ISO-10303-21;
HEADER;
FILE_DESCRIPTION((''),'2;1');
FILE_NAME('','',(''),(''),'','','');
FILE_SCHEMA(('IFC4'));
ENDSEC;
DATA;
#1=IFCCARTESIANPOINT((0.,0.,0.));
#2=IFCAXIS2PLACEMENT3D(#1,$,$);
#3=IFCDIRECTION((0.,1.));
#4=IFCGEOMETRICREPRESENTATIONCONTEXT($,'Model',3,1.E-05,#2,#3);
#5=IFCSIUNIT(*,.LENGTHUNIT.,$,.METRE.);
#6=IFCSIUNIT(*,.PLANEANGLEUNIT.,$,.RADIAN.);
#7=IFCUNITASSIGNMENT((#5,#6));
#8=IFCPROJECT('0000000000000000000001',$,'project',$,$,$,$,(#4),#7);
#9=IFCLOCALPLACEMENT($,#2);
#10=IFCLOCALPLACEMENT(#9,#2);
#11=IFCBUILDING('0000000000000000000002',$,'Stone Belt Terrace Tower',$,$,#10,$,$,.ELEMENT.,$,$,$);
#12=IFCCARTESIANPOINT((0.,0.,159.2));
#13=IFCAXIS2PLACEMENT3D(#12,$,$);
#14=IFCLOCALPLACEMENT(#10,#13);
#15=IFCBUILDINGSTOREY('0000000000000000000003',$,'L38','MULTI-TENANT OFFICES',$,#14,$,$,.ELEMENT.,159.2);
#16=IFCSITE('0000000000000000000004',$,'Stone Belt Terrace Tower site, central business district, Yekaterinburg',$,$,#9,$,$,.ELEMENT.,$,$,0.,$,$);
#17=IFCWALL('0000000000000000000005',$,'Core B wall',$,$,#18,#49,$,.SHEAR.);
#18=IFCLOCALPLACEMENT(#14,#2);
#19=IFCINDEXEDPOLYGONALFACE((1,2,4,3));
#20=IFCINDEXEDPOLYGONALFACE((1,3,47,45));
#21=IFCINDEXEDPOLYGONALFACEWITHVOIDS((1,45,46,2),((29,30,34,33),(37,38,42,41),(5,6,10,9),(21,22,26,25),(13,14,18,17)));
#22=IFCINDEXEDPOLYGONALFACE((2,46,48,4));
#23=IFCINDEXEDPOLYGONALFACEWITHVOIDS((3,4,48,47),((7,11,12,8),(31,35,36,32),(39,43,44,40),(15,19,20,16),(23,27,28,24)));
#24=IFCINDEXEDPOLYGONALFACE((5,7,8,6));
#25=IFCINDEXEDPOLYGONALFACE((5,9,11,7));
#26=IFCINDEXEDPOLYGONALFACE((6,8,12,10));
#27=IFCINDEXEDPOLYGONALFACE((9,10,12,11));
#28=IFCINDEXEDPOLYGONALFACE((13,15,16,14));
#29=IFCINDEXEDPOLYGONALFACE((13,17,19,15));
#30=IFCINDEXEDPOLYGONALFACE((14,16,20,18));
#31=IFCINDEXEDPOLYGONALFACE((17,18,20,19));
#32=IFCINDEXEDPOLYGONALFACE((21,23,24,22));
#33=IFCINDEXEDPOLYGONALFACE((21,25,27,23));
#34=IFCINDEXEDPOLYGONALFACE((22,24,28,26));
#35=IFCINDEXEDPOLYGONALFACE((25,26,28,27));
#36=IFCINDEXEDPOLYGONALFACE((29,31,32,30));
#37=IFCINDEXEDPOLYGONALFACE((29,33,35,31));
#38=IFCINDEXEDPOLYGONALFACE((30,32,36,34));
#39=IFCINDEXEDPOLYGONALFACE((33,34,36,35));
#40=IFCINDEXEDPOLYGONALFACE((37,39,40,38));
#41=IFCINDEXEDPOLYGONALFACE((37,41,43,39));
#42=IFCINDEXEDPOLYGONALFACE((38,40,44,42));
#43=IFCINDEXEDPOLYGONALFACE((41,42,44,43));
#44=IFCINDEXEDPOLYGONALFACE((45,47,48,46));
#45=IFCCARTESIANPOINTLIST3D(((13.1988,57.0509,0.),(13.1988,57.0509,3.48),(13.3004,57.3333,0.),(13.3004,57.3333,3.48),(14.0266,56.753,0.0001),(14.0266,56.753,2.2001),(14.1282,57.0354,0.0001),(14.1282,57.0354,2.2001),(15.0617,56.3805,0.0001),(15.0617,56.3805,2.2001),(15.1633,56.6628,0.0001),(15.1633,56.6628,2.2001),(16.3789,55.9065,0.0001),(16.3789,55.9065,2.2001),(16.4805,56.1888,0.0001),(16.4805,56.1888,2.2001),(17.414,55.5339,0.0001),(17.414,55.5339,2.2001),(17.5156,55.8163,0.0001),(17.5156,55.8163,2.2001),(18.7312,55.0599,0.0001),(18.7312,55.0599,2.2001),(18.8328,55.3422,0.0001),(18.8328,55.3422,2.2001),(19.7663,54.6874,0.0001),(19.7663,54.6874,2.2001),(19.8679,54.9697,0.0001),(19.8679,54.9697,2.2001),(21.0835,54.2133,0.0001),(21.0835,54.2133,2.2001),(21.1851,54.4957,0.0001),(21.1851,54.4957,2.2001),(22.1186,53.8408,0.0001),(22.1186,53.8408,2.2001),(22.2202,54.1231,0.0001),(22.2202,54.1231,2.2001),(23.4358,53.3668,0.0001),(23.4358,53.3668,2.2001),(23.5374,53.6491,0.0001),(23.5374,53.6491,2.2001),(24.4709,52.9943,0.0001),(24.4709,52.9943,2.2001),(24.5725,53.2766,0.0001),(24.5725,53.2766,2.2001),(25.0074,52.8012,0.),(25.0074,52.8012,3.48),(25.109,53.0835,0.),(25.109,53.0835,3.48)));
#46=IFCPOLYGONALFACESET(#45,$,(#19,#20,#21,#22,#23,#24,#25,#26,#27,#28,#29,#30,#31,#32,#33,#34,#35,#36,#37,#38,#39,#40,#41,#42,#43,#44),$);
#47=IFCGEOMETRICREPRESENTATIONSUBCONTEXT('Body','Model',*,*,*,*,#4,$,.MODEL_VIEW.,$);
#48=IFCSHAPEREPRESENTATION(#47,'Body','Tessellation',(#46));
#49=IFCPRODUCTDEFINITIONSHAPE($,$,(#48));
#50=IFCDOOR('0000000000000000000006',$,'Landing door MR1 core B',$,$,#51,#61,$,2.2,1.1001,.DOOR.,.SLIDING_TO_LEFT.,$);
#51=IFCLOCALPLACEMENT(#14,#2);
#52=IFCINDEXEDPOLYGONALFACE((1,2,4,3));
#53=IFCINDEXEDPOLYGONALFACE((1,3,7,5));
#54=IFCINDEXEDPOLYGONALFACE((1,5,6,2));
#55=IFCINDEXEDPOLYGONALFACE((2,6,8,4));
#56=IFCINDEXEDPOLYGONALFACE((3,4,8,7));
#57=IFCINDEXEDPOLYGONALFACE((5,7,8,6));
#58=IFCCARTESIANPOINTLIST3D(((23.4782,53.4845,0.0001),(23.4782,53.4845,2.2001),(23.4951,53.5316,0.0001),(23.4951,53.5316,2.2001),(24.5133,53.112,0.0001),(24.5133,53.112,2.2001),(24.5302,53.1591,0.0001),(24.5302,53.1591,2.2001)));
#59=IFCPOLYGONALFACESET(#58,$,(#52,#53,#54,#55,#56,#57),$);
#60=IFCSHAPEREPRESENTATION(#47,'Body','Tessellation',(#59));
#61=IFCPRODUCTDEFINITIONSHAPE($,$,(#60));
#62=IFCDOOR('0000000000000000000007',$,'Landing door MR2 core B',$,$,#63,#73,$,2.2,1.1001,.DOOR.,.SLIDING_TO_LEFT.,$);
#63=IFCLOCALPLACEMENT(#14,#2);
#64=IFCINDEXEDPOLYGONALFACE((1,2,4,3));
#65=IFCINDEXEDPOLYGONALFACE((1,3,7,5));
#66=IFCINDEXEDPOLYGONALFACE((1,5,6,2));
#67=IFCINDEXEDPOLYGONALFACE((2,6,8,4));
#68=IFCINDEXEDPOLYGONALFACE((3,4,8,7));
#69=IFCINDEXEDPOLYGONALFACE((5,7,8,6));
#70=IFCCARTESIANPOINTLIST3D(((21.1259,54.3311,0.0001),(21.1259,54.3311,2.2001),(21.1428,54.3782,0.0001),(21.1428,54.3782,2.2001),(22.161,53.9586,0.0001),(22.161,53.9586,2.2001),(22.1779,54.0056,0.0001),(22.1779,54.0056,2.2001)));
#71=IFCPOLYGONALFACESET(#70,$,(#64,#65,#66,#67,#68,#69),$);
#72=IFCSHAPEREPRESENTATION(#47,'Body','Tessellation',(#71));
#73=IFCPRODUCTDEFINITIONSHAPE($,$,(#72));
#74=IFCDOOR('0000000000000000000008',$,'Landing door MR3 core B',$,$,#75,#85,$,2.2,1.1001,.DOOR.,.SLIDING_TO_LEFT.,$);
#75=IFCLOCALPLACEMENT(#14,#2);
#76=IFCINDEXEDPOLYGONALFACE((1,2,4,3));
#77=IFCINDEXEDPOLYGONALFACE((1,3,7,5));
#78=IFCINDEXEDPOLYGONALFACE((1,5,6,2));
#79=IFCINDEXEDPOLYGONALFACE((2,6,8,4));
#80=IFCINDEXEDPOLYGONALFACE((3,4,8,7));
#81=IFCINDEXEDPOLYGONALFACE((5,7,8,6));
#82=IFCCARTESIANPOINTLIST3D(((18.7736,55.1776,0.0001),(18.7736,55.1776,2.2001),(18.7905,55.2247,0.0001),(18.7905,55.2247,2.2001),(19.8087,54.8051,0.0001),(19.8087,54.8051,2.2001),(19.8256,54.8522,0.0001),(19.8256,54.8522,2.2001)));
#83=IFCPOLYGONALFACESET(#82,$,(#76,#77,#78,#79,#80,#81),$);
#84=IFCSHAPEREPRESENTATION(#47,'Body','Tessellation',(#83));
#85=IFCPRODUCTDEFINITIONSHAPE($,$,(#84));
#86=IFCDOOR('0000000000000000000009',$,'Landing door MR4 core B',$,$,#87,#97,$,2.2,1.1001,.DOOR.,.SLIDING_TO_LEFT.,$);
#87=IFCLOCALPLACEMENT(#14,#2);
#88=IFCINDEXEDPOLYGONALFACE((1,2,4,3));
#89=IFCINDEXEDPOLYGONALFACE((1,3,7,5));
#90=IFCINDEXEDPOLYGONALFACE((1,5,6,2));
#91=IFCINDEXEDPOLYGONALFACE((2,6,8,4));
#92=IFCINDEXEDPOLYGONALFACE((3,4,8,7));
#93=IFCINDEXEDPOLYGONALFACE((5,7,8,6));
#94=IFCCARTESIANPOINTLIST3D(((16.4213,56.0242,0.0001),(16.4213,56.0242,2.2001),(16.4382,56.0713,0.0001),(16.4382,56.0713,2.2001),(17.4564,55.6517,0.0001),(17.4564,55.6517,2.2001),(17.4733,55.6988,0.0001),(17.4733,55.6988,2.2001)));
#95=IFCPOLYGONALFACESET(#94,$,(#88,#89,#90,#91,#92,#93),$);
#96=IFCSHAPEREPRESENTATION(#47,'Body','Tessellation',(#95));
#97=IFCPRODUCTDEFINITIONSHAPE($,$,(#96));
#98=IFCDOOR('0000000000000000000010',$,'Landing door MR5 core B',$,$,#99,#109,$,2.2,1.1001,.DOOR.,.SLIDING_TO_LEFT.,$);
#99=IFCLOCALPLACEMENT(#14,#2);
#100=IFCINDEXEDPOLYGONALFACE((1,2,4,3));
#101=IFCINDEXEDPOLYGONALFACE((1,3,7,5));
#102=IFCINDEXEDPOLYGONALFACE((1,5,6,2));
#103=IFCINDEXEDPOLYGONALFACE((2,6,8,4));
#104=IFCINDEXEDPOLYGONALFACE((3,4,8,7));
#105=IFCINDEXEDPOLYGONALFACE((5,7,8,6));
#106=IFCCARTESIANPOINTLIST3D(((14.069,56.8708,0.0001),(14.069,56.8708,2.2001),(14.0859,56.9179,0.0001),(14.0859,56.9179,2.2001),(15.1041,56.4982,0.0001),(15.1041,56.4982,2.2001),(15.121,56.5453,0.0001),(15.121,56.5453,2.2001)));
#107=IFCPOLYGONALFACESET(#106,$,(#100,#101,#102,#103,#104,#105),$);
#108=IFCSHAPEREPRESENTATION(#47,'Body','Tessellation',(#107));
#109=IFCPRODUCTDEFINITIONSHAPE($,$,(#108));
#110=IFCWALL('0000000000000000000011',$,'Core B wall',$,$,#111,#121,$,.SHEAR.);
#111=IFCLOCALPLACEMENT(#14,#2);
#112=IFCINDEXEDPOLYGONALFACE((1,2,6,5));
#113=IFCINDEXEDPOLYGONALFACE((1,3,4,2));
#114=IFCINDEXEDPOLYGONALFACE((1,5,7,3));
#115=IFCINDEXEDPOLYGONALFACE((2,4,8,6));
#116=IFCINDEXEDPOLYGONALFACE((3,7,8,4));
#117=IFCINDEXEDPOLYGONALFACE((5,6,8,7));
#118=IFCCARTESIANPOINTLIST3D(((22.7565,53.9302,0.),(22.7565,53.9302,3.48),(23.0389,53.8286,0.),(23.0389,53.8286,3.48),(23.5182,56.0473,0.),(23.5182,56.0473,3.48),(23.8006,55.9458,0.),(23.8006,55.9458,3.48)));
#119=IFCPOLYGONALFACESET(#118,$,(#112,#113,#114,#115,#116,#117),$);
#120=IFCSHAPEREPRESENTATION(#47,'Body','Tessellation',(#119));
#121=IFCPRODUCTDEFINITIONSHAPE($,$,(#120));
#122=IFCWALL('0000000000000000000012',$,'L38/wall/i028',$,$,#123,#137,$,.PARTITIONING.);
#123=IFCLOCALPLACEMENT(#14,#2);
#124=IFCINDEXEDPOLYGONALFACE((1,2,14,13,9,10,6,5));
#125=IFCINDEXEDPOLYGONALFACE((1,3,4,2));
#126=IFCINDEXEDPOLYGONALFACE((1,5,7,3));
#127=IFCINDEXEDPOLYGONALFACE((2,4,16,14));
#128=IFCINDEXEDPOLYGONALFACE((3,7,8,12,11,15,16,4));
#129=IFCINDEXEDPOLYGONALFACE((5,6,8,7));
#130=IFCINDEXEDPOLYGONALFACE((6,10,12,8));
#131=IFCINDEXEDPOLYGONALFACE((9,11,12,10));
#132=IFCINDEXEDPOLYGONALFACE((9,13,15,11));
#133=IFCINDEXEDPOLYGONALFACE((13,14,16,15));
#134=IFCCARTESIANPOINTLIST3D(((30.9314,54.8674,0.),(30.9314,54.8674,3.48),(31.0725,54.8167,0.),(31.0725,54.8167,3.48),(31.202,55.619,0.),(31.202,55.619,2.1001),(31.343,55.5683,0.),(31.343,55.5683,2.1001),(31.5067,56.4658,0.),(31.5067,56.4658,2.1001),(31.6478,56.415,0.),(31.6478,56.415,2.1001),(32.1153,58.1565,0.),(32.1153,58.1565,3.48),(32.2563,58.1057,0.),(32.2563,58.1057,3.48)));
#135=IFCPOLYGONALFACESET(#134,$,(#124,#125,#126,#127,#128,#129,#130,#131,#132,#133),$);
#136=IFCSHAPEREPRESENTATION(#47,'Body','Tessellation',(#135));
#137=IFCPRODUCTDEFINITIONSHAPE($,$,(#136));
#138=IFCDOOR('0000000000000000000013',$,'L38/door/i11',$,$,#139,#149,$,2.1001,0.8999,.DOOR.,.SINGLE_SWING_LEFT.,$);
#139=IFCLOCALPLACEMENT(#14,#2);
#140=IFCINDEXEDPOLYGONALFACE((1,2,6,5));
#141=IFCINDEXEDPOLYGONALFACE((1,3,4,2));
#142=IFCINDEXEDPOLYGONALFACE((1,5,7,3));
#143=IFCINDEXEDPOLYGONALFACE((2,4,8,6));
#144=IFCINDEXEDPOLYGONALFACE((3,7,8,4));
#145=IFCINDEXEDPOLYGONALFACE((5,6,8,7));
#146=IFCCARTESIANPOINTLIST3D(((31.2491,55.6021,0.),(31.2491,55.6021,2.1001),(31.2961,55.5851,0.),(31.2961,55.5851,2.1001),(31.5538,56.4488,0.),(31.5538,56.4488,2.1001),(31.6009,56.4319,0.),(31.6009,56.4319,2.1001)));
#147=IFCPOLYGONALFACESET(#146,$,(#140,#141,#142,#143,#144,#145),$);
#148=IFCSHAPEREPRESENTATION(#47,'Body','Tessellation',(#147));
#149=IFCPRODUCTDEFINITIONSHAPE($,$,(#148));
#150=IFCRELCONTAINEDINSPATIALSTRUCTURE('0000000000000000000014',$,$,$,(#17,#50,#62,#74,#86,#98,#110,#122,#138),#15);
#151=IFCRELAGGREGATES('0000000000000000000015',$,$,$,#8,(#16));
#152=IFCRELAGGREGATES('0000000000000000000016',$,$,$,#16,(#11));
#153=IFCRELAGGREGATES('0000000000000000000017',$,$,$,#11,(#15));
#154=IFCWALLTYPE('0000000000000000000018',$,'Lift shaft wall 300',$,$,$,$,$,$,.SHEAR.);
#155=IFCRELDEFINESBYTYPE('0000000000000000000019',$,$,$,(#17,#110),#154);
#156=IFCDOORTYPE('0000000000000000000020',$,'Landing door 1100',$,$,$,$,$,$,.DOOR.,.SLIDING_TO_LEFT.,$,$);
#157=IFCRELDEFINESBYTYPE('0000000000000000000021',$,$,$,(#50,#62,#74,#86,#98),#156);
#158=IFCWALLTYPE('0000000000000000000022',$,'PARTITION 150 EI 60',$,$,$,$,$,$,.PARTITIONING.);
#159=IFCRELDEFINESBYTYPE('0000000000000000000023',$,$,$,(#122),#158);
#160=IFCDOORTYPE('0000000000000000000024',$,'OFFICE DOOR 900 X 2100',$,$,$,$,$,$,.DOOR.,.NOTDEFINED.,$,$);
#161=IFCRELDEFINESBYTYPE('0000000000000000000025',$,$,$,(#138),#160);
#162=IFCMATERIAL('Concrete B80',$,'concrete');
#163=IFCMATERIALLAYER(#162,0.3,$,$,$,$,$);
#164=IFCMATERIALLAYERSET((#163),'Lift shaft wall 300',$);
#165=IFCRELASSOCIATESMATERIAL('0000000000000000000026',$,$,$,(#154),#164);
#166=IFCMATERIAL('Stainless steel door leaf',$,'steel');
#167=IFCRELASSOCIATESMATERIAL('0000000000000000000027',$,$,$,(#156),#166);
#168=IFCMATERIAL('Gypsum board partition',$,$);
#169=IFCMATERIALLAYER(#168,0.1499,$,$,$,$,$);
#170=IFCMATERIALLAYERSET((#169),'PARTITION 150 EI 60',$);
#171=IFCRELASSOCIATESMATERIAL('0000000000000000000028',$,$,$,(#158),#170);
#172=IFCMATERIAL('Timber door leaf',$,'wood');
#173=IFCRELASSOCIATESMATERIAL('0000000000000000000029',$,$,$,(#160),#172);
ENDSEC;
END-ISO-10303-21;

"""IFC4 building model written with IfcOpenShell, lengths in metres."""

from ifc_helpers import new_model, si_unit, direction, frame, frame_2d, origin, place, context, subcontext, project, spatial, rectangle, extrude, material, layer, layer_set, type_object, element, fill, save


model = new_model("IFC4")

# Units and contexts
model_context = context("Model", 3, precision=1e-05, world=origin(), true_north=direction((0.0, 1.0)))
body_context = subcontext(model_context, "Body", "Model", "MODEL_VIEW")
ifc_project = project(units=[si_unit("LENGTHUNIT", "METRE"), si_unit("PLANEANGLEUNIT", "RADIAN")], contexts=[model_context])

# Site, building, storey
site_placement = place(None, origin())
site = spatial("IfcSite", under=ifc_project, at=site_placement, Name="Stone Belt Terrace Tower site, central business district, Yekaterinburg", CompositionType="ELEMENT", RefElevation=0.0)
building_placement = place(site_placement, origin())
building = spatial("IfcBuilding", under=site, at=building_placement, Name="Stone Belt Terrace Tower", CompositionType="ELEMENT")
storey_placement = place(building_placement, frame((0.0, 0.0, 159.2)))
storey = spatial("IfcBuildingStorey", under=building, at=storey_placement, Name="L38", Description="MULTI-TENANT OFFICES", CompositionType="ELEMENT", Elevation=159.2)

# Shared definitions
ifc_material_1 = material(Name="Concrete B80", Category="concrete")

# Shared definitions
ifc_layer_1 = layer(ifc_material_1, 0.3)
ifc_layer_set_1 = layer_set([ifc_layer_1], Name="Lift shaft wall 300")
wall_type_1 = type_object("IfcWallType", Name="Lift shaft wall 300", PredefinedType="SHEAR", material=ifc_layer_set_1)
ifc_material_2 = material(Name="Stainless steel door leaf", Category="steel")

# Wall, openings, doors
wall_1_placement = place(storey_placement, frame((25.0581, 52.9424, 0.0), z_axis=(0.0, 0.0, 1.0), x_axis=(-0.940921, 0.338625, 0.0)))
wall_1 = element("IfcWall", 1, at=wall_1_placement, inside=storey, type_object=wall_type_1, Name="Core B wall", PredefinedType="SHEAR", context=body_context, shape_type="SweptSolid", body=[
    extrude(rectangle(XDim=12.55, YDim=0.3, at=frame_2d((6.2749, 0.0))), origin(), (0.0, 0.0, 1.0), 3.48),
])
opening_1_placement = place(wall_1_placement, frame((0.5701, 0.0, 0.0)))
opening_1 = element("IfcOpeningElement", 2, at=opening_1_placement, cuts=wall_1, PredefinedType="OPENING", context=body_context, shape_type="SweptSolid", body=[
    extrude(rectangle(XDim=1.1001, YDim=2.2, at=frame_2d((0.55, 1.1001))), frame((0.0, 0.1599, 0.0), z_axis=(0.0, -1.0, 0.0), x_axis=(1.0, 0.0, 0.0)), (0.0, 0.0, 1.0), 0.3201),
])
opening_2_placement = place(wall_1_placement, frame((3.0701, 0.0, 0.0)))
opening_2 = element("IfcOpeningElement", 3, at=opening_2_placement, cuts=wall_1, PredefinedType="OPENING", context=body_context, shape_type="SweptSolid", body=[
    extrude(rectangle(XDim=1.1001, YDim=2.2, at=frame_2d((0.55, 1.1001))), frame((0.0, 0.1599, 0.0), z_axis=(0.0, -1.0, 0.0), x_axis=(1.0, 0.0, 0.0)), (0.0, 0.0, 1.0), 0.3201),
])
opening_3_placement = place(wall_1_placement, frame((5.5701, 0.0, 0.0)))
opening_3 = element("IfcOpeningElement", 4, at=opening_3_placement, cuts=wall_1, PredefinedType="OPENING", context=body_context, shape_type="SweptSolid", body=[
    extrude(rectangle(XDim=1.1001, YDim=2.2, at=frame_2d((0.55, 1.1001))), frame((0.0, 0.1599, 0.0), z_axis=(0.0, -1.0, 0.0), x_axis=(1.0, 0.0, 0.0)), (0.0, 0.0, 1.0), 0.3201),
])
opening_4_placement = place(wall_1_placement, frame((8.0701, 0.0, 0.0)))
opening_4 = element("IfcOpeningElement", 5, at=opening_4_placement, cuts=wall_1, PredefinedType="OPENING", context=body_context, shape_type="SweptSolid", body=[
    extrude(rectangle(XDim=1.1001, YDim=2.2, at=frame_2d((0.55, 1.1001))), frame((0.0, 0.1599, 0.0), z_axis=(0.0, -1.0, 0.0), x_axis=(1.0, 0.0, 0.0)), (0.0, 0.0, 1.0), 0.3201),
])
opening_5_placement = place(wall_1_placement, frame((10.5701, 0.0, 0.0)))
opening_5 = element("IfcOpeningElement", 6, at=opening_5_placement, cuts=wall_1, PredefinedType="OPENING", context=body_context, shape_type="SweptSolid", body=[
    extrude(rectangle(XDim=1.1001, YDim=2.2, at=frame_2d((0.55, 1.1001))), frame((0.0, 0.1599, 0.0), z_axis=(0.0, -1.0, 0.0), x_axis=(1.0, 0.0, 0.0)), (0.0, 0.0, 1.0), 0.3201),
])
door_type_1 = type_object("IfcDoorType", Name="Landing door 1100", OperationType="SLIDING_TO_LEFT", PredefinedType="DOOR", material=ifc_material_2)
door_1_placement = place(opening_1_placement, origin())
door_1 = element("IfcDoor", 7, at=door_1_placement, inside=storey, type_object=door_type_1, Name="Landing door MR1 core B", OperationType="SLIDING_TO_LEFT", OverallHeight=2.2, OverallWidth=1.1001, PredefinedType="DOOR", context=body_context, shape_type="SweptSolid", body=[
    extrude(rectangle(XDim=1.1001, YDim=2.2, at=frame_2d((0.55, 1.1001))), frame((0.0, 0.0249, 0.0), z_axis=(0.0, -1.0, 0.0), x_axis=(1.0, 0.0, 0.0)), (0.0, 0.0, 1.0), 0.05),
])
fill(opening_1, door_1)
door_2_placement = place(opening_2_placement, origin())
door_2 = element("IfcDoor", 8, at=door_2_placement, inside=storey, type_object=door_type_1, Name="Landing door MR2 core B", OperationType="SLIDING_TO_LEFT", OverallHeight=2.2, OverallWidth=1.1001, PredefinedType="DOOR", context=body_context, shape_type="SweptSolid", body=[
    extrude(rectangle(XDim=1.1001, YDim=2.2, at=frame_2d((0.55, 1.1001))), frame((0.0, 0.0249, 0.0), z_axis=(0.0, -1.0, 0.0), x_axis=(1.0, 0.0, 0.0)), (0.0, 0.0, 1.0), 0.05),
])
fill(opening_2, door_2)
door_3_placement = place(opening_3_placement, origin())
door_3 = element("IfcDoor", 9, at=door_3_placement, inside=storey, type_object=door_type_1, Name="Landing door MR3 core B", OperationType="SLIDING_TO_LEFT", OverallHeight=2.2, OverallWidth=1.1001, PredefinedType="DOOR", context=body_context, shape_type="SweptSolid", body=[
    extrude(rectangle(XDim=1.1001, YDim=2.2, at=frame_2d((0.55, 1.1001))), frame((0.0, 0.0249, 0.0), z_axis=(0.0, -1.0, 0.0), x_axis=(1.0, 0.0, 0.0)), (0.0, 0.0, 1.0), 0.05),
])
fill(opening_3, door_3)
door_4_placement = place(opening_4_placement, origin())
door_4 = element("IfcDoor", 10, at=door_4_placement, inside=storey, type_object=door_type_1, Name="Landing door MR4 core B", OperationType="SLIDING_TO_LEFT", OverallHeight=2.2, OverallWidth=1.1001, PredefinedType="DOOR", context=body_context, shape_type="SweptSolid", body=[
    extrude(rectangle(XDim=1.1001, YDim=2.2, at=frame_2d((0.55, 1.1001))), frame((0.0, 0.0249, 0.0), z_axis=(0.0, -1.0, 0.0), x_axis=(1.0, 0.0, 0.0)), (0.0, 0.0, 1.0), 0.05),
])
fill(opening_4, door_4)
door_5_placement = place(opening_5_placement, origin())
door_5 = element("IfcDoor", 11, at=door_5_placement, inside=storey, type_object=door_type_1, Name="Landing door MR5 core B", OperationType="SLIDING_TO_LEFT", OverallHeight=2.2, OverallWidth=1.1001, PredefinedType="DOOR", context=body_context, shape_type="SweptSolid", body=[
    extrude(rectangle(XDim=1.1001, YDim=2.2, at=frame_2d((0.55, 1.1001))), frame((0.0, 0.0249, 0.0), z_axis=(0.0, -1.0, 0.0), x_axis=(1.0, 0.0, 0.0)), (0.0, 0.0, 1.0), 0.05),
])
fill(opening_5, door_5)

# Wall
wall_2_placement = place(storey_placement, frame((22.8977, 53.8794, 0.0), z_axis=(0.0, 0.0, 1.0), x_axis=(0.338535, 0.940954, 0.0)))
element("IfcWall", 12, at=wall_2_placement, inside=storey, type_object=wall_type_1, Name="Core B wall", PredefinedType="SHEAR", context=body_context, shape_type="SweptSolid", body=[
    extrude(rectangle(XDim=2.25, YDim=0.3, at=frame_2d((1.125, 0.0))), origin(), (0.0, 0.0, 1.0), 3.48),
])

# Wall, opening, door
ifc_material_3 = material(Name="Gypsum board partition")
ifc_layer_2 = layer(ifc_material_3, 0.1499)
ifc_layer_set_2 = layer_set([ifc_layer_2], Name="PARTITION 150 EI 60")
wall_type_2 = type_object("IfcWallType", Name="PARTITION 150 EI 60", PredefinedType="PARTITIONING", material=ifc_layer_set_2)
wall_3_placement = place(storey_placement, frame((31.002, 54.842, 0.0), z_axis=(0.0, 0.0, 1.0), x_axis=(0.338663, 0.940908, 0.0)))
wall_3 = element("IfcWall", 13, at=wall_3_placement, inside=storey, type_object=wall_type_2, Name="L38/wall/i028", PredefinedType="PARTITIONING", context=body_context, shape_type="SweptSolid", body=[
    extrude(rectangle(XDim=3.4956, YDim=0.1499, at=frame_2d((1.7478, 0.0))), origin(), (0.0, 0.0, 1.0), 3.48),
])
opening_6_placement = place(wall_3_placement, frame((0.7988, 0.0, 0.0)))
opening_6 = element("IfcOpeningElement", 14, at=opening_6_placement, cuts=wall_3, PredefinedType="OPENING", context=body_context, shape_type="SweptSolid", body=[
    extrude(rectangle(XDim=0.8999, YDim=2.1001, at=frame_2d((0.45, 1.05))), frame((0.0, 0.085, 0.0), z_axis=(0.0, -1.0, 0.0), x_axis=(1.0, 0.0, 0.0)), (0.0, 0.0, 1.0), 0.1699),
])
ifc_material_4 = material(Name="Timber door leaf", Category="wood")
door_type_2 = type_object("IfcDoorType", Name="OFFICE DOOR 900 X 2100", OperationType="NOTDEFINED", PredefinedType="DOOR", material=ifc_material_4)
door_6_placement = place(opening_6_placement, origin())
door_6 = element("IfcDoor", 15, at=door_6_placement, inside=storey, type_object=door_type_2, Name="L38/door/i11", OperationType="SINGLE_SWING_LEFT", OverallHeight=2.1001, OverallWidth=0.8999, PredefinedType="DOOR", context=body_context, shape_type="SweptSolid", body=[
    extrude(rectangle(XDim=0.8999, YDim=2.1001, at=frame_2d((0.45, 1.05))), frame((0.0, 0.0249, 0.0), z_axis=(0.0, -1.0, 0.0), x_axis=(1.0, 0.0, 0.0)), (0.0, 0.0, 1.0), 0.05),
])
fill(opening_6, door_6)

save(model, "model.ifc")
